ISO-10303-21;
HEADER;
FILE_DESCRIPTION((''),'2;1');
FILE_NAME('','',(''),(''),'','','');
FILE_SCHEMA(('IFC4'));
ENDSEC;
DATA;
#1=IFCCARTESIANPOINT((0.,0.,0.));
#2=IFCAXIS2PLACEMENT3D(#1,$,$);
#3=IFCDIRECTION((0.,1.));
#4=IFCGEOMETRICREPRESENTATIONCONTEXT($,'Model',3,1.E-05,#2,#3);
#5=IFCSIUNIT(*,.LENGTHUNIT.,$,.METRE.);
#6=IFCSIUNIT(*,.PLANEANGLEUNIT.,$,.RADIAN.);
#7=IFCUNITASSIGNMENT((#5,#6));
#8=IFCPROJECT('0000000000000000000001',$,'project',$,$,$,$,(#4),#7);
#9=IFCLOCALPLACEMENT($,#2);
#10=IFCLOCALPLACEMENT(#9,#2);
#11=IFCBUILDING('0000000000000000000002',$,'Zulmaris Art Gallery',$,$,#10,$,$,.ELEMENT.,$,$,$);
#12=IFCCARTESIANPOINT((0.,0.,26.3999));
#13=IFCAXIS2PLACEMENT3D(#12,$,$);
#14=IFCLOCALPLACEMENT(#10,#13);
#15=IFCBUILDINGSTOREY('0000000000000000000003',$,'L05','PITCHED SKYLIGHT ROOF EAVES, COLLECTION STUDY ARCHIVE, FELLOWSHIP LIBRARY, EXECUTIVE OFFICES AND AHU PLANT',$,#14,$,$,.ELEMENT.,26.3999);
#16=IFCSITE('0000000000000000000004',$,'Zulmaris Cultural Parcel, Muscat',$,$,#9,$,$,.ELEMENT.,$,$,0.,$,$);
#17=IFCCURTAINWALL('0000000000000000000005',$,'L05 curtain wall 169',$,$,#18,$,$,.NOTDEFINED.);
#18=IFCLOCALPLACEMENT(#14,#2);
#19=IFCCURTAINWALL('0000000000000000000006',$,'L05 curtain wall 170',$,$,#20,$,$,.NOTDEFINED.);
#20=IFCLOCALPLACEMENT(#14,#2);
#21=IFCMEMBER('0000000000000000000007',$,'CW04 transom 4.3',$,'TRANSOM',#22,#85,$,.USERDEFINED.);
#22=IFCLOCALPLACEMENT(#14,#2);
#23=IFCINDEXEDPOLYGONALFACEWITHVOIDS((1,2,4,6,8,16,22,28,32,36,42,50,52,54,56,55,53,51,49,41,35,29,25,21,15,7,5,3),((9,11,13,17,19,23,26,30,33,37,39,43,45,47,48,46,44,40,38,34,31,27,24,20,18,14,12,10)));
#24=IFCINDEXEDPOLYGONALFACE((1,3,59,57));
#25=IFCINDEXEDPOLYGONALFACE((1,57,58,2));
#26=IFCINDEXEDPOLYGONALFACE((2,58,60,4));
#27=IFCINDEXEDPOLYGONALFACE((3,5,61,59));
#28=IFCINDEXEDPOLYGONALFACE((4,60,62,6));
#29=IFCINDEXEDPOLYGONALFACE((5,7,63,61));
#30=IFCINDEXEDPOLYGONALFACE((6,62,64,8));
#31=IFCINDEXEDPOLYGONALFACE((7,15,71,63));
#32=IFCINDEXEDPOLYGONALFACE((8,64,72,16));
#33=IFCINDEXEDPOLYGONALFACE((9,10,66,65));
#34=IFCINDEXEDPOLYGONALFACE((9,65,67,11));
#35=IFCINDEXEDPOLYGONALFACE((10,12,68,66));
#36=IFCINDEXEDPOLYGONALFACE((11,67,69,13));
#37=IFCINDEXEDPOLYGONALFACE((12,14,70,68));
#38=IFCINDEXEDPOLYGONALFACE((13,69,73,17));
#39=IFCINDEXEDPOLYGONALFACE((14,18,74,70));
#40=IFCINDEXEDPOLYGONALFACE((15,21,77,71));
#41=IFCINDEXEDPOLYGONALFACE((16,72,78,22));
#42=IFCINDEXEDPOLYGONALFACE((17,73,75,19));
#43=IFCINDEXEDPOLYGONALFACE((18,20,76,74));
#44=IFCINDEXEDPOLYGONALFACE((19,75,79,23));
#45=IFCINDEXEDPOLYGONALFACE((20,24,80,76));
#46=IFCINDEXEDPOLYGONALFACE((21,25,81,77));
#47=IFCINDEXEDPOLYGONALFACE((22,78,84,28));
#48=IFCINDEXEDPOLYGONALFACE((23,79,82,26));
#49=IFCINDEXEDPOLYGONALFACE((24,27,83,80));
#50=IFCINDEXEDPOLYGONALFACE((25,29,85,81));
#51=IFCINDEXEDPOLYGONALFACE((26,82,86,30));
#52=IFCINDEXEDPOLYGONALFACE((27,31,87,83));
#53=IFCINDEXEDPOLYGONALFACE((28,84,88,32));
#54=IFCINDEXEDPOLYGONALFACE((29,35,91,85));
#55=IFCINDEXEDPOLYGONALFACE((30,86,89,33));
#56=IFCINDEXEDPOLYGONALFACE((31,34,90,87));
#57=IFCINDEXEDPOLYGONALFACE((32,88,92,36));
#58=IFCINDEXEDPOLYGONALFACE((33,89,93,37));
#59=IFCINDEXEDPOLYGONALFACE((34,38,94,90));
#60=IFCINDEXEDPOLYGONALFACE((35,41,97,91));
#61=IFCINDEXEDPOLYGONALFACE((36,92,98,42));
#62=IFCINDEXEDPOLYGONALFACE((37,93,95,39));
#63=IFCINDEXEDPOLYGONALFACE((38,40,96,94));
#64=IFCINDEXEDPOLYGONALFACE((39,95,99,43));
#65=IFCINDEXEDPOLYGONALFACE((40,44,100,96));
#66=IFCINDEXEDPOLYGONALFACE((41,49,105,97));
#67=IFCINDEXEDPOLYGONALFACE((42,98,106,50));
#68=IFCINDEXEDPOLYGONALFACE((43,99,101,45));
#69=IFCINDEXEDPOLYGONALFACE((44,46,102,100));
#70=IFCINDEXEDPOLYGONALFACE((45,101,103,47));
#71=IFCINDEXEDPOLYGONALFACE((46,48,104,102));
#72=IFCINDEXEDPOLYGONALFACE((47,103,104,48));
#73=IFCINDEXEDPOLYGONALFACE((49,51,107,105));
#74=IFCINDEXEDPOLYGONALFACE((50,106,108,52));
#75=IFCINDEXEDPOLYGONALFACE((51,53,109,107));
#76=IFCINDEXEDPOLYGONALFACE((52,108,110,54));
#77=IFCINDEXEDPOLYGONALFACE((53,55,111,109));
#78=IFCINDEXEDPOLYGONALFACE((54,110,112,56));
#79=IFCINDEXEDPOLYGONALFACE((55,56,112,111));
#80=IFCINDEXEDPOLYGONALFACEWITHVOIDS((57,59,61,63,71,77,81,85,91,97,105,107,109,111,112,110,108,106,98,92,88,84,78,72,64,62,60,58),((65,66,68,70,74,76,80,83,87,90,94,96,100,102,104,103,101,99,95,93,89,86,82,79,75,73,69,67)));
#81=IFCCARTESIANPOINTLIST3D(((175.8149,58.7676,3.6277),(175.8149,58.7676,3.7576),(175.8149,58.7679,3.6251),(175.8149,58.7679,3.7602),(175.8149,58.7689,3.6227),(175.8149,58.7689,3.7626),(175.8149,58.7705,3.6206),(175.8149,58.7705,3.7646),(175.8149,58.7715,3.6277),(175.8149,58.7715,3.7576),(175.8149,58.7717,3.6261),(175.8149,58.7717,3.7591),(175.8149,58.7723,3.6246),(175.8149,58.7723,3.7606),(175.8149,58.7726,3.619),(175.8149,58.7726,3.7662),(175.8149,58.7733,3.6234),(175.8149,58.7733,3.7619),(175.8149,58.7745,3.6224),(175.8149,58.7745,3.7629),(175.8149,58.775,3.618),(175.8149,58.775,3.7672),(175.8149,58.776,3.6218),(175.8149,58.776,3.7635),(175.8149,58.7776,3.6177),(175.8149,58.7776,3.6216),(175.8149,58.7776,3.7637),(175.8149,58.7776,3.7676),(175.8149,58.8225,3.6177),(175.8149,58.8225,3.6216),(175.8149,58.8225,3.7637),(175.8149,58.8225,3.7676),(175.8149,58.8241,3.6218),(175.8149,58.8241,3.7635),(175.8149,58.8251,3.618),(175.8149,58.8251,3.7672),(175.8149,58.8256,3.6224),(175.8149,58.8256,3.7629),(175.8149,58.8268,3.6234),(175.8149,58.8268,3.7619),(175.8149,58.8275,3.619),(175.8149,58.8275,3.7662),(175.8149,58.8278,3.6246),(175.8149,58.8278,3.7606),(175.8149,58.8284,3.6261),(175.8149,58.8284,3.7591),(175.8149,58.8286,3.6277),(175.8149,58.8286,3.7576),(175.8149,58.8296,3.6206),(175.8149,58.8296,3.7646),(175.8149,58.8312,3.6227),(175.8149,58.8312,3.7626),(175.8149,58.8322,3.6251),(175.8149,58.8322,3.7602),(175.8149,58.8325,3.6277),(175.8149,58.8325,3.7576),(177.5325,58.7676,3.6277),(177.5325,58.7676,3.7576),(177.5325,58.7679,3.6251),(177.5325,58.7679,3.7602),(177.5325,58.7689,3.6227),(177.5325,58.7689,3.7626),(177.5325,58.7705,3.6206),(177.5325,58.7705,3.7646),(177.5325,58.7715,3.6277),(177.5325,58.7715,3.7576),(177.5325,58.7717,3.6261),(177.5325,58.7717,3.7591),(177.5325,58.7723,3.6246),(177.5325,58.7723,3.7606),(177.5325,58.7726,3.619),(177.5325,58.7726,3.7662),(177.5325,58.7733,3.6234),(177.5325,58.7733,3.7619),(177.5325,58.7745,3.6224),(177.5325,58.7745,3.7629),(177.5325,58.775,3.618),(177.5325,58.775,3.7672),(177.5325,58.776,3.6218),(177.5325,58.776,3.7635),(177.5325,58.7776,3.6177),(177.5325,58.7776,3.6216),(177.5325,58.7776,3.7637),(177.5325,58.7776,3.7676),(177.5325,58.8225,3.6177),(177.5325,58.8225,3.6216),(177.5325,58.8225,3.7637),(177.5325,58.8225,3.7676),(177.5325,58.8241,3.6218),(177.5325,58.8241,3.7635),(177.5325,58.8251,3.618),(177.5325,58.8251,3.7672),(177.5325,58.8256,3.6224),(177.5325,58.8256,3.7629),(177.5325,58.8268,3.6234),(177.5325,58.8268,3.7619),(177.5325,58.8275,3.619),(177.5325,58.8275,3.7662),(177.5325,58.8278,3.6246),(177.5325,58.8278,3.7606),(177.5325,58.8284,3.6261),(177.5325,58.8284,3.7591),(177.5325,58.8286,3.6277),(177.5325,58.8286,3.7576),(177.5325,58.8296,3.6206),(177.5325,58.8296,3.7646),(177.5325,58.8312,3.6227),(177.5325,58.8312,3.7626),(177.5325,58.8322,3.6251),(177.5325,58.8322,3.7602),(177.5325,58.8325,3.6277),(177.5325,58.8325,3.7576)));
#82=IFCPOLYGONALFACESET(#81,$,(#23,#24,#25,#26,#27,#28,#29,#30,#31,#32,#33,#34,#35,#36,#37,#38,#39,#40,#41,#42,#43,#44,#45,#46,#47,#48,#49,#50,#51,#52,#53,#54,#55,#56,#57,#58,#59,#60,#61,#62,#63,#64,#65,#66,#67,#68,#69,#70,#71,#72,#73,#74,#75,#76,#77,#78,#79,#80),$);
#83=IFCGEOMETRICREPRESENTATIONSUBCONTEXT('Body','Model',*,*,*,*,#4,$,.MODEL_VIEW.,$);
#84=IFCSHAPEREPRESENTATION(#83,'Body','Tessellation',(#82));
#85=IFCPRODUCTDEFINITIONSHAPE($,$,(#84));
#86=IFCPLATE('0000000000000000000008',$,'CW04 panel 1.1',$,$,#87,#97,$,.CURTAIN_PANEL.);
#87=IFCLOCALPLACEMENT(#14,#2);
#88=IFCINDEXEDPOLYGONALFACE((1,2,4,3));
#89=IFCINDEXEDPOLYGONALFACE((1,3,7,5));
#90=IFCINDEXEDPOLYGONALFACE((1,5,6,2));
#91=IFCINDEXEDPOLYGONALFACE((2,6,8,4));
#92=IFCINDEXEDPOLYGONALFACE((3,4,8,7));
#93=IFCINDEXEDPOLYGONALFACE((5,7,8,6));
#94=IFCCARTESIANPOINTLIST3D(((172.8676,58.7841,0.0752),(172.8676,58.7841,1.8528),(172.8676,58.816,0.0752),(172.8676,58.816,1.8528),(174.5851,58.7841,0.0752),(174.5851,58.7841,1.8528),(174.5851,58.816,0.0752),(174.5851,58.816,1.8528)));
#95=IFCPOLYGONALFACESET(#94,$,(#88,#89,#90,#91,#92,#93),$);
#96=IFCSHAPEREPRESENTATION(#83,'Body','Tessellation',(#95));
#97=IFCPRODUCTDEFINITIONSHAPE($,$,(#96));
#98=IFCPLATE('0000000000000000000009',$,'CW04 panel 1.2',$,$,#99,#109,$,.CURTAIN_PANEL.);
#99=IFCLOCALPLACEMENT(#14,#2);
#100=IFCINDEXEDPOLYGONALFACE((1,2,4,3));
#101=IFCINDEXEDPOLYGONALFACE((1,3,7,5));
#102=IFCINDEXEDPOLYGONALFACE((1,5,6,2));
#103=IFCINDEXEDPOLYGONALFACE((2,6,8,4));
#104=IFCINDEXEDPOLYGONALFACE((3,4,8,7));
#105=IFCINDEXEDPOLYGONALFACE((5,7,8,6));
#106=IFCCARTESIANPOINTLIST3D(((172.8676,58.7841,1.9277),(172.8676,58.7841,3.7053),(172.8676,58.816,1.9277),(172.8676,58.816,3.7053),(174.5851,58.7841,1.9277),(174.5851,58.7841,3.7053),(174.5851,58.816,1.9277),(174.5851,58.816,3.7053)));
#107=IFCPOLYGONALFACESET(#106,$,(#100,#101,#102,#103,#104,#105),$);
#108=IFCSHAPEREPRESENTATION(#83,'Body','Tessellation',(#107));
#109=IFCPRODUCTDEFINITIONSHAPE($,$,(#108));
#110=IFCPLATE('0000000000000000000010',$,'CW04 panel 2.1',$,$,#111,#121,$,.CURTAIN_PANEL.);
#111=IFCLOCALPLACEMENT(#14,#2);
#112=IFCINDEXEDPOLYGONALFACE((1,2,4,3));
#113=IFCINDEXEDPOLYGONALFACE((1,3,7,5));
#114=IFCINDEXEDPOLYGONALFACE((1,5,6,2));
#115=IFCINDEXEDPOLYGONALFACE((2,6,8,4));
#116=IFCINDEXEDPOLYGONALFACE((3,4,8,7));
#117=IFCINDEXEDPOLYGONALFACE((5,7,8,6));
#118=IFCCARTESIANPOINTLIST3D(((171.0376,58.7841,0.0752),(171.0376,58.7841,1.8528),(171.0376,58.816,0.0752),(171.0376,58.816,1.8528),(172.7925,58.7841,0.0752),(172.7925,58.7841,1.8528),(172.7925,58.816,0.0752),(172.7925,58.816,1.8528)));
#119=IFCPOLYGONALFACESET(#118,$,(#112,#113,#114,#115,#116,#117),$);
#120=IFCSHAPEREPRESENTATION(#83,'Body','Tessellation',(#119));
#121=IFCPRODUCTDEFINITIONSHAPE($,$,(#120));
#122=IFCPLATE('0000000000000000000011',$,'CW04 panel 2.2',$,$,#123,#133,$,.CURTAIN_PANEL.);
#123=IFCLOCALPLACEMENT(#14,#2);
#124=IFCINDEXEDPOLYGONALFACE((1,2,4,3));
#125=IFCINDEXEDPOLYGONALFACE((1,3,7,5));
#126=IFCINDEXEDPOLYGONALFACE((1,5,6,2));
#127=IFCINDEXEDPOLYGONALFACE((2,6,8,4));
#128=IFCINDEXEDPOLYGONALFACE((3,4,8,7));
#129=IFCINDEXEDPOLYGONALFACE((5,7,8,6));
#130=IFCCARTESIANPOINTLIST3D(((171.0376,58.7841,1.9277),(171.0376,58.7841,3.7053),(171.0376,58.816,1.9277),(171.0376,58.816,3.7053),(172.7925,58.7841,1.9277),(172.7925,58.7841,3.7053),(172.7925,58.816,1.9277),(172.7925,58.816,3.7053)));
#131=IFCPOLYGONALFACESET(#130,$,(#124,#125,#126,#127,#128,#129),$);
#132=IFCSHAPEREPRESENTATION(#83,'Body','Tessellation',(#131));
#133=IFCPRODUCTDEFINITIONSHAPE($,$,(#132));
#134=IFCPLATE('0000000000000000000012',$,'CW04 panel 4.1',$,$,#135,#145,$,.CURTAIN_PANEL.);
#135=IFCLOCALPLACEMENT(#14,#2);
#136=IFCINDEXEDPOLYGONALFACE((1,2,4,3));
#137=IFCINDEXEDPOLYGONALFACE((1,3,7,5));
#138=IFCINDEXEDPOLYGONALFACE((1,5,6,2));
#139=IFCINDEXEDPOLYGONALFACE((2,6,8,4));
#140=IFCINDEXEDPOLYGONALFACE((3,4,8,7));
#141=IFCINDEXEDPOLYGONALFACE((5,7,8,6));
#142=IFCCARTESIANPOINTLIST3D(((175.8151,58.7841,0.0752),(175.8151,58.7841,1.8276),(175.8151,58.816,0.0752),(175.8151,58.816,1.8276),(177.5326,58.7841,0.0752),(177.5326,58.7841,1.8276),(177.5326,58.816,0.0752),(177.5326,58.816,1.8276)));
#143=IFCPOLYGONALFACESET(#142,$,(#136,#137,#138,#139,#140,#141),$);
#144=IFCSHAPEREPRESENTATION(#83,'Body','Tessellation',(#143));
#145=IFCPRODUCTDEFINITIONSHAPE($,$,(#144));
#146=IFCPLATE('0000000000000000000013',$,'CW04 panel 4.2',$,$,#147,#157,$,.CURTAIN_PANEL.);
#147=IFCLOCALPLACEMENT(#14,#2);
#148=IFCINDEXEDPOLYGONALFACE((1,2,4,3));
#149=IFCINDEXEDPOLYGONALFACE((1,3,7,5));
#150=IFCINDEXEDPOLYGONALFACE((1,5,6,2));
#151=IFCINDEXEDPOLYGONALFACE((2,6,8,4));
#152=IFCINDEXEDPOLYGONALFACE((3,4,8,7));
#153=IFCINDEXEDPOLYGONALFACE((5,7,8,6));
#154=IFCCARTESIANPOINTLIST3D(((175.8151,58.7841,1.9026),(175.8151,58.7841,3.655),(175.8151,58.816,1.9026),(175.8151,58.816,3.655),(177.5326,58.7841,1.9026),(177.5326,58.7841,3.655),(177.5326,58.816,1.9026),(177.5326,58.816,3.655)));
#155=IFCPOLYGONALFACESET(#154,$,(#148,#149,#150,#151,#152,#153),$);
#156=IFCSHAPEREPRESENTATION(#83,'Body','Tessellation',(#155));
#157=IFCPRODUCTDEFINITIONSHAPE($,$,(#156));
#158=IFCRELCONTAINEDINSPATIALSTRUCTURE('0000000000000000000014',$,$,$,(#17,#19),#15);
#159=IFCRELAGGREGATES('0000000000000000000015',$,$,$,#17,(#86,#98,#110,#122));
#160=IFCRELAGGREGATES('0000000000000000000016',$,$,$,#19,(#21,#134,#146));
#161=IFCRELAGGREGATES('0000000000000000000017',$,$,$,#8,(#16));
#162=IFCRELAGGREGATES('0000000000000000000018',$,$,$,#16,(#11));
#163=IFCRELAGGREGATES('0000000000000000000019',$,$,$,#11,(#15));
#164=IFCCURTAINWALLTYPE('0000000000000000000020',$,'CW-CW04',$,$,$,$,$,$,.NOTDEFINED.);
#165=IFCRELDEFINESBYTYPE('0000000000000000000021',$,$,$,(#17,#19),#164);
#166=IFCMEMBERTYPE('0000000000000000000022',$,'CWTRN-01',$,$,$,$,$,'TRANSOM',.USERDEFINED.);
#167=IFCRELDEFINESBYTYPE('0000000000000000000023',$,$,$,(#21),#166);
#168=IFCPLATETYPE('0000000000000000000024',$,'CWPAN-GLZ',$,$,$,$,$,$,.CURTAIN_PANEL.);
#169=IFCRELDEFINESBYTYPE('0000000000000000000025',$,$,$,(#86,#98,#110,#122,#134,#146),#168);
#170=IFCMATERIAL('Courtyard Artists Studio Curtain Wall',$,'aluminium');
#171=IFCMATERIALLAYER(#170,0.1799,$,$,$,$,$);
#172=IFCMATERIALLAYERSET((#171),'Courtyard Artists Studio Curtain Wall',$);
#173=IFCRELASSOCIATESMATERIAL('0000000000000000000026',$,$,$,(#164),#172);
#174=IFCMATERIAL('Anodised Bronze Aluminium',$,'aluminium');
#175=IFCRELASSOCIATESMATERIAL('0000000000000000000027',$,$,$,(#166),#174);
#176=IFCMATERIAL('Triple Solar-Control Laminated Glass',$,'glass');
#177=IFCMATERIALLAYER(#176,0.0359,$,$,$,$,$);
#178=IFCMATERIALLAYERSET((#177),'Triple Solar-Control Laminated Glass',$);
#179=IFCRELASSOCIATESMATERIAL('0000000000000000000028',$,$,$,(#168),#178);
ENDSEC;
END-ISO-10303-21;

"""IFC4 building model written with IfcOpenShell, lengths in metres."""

from ifc_helpers import new_model, si_unit, direction, frame, origin, origin_2d, place, context, subcontext, project, spatial, rectangle, hollow_rectangle, extrude, material, layer, layer_set, material_profile, profile_set, type_object, element, aggregate, save


model = new_model("IFC4")

# Units and contexts
model_context = context("Model", 3, precision=1e-05, world=origin(), true_north=direction((0.0, 1.0)))
body_context = subcontext(model_context, "Body", "Model", "MODEL_VIEW")
ifc_project = project(units=[si_unit("LENGTHUNIT", "METRE"), si_unit("PLANEANGLEUNIT", "RADIAN")], contexts=[model_context])

# Site, building, storey
site_placement = place(None, origin())
site = spatial("IfcSite", under=ifc_project, at=site_placement, Name="Zulmaris Cultural Parcel, Muscat", CompositionType="ELEMENT", RefElevation=0.0)
building_placement = place(site_placement, origin())
building = spatial("IfcBuilding", under=site, at=building_placement, Name="Zulmaris Art Gallery", CompositionType="ELEMENT")
storey_placement = place(building_placement, frame((0.0, 0.0, 26.3999)))
storey = spatial("IfcBuildingStorey", under=building, at=storey_placement, Name="L05", Description="PITCHED SKYLIGHT ROOF EAVES, COLLECTION STUDY ARCHIVE, FELLOWSHIP LIBRARY, EXECUTIVE OFFICES AND AHU PLANT", CompositionType="ELEMENT", Elevation=26.3999)

# Curtain walls
ifc_material_1 = material(Name="Courtyard Artists Studio Curtain Wall", Category="aluminium")
ifc_layer_1 = layer(ifc_material_1, 0.1799)
ifc_layer_set_1 = layer_set([ifc_layer_1], Name="Courtyard Artists Studio Curtain Wall")
curtain_wall_type = type_object("IfcCurtainWallType", Name="CW-CW04", PredefinedType="NOTDEFINED", material=ifc_layer_set_1)
curtain_wall_1_placement = place(storey_placement, origin())
curtain_wall_1 = element("IfcCurtainWall", 1, at=curtain_wall_1_placement, inside=storey, type_object=curtain_wall_type, Name="L05 curtain wall 169", PredefinedType="NOTDEFINED")
ifc_material_2 = material(Name="Anodised Bronze Aluminium", Category="aluminium")
curtain_wall_2_placement = place(storey_placement, origin())
curtain_wall_2 = element("IfcCurtainWall", 2, at=curtain_wall_2_placement, inside=storey, type_object=curtain_wall_type, Name="L05 curtain wall 170", PredefinedType="NOTDEFINED")

# Member
ifc_material_profile_1 = material_profile(ifc_material_2, hollow_rectangle(XDim=0.0649, YDim=0.1499, WallThickness=0.0039, InnerFilletRadius=0.0061, OuterFilletRadius=0.01, at=origin_2d()), Name="ALU 65x150x4")
ifc_profile_set_1 = profile_set([ifc_material_profile_1], Name="Anodised Bronze Aluminium")
member_type_1 = type_object("IfcMemberType", Name="CWTRN-01", ElementType="TRANSOM", PredefinedType="USERDEFINED", material=ifc_profile_set_1)
member_1_placement = place(storey_placement, frame((177.5325, 58.8, 3.6926), z_axis=(-1.0, 0.0, 0.0), x_axis=(0.0, -1.0, 0.0)))
member_1 = element("IfcMember", 3, at=member_1_placement, type_object=member_type_1, Name="CW04 transom 4.3", ObjectType="TRANSOM", PredefinedType="USERDEFINED", context=body_context, shape_type="SweptSolid", body=[
    extrude(hollow_rectangle(XDim=0.0649, YDim=0.1499, WallThickness=0.0039, InnerFilletRadius=0.0061, OuterFilletRadius=0.01, at=origin_2d()), origin(), (0.0, 0.0, 1.0), 1.7175),
])

# Plates
ifc_material_3 = material(Name="Triple Solar-Control Laminated Glass", Category="glass")
ifc_layer_2 = layer(ifc_material_3, 0.0359)
ifc_layer_set_2 = layer_set([ifc_layer_2], Name="Triple Solar-Control Laminated Glass")
plate_type = type_object("IfcPlateType", Name="CWPAN-GLZ", PredefinedType="CURTAIN_PANEL", material=ifc_layer_set_2)
plate_1_placement = place(storey_placement, frame((173.7263, 58.8, 0.0752), z_axis=(0.0, 0.0, 1.0), x_axis=(-1.0, 0.0, 0.0)))
plate_1 = element("IfcPlate", 4, at=plate_1_placement, type_object=plate_type, Name="CW04 panel 1.1", PredefinedType="CURTAIN_PANEL", context=body_context, shape_type="SweptSolid", body=[
    extrude(rectangle(XDim=1.7175, YDim=0.032, at=origin_2d()), origin(), (0.0, 0.0, 1.0), 1.7776),
])
plate_2_placement = place(storey_placement, frame((173.7263, 58.8, 1.9277), z_axis=(0.0, 0.0, 1.0), x_axis=(-1.0, 0.0, 0.0)))
plate_2 = element("IfcPlate", 5, at=plate_2_placement, type_object=plate_type, Name="CW04 panel 1.2", PredefinedType="CURTAIN_PANEL", context=body_context, shape_type="SweptSolid", body=[
    extrude(rectangle(XDim=1.7175, YDim=0.032, at=origin_2d()), origin(), (0.0, 0.0, 1.0), 1.7776),
])
plate_3_placement = place(storey_placement, frame((171.915, 58.8, 0.0752), z_axis=(0.0, 0.0, 1.0), x_axis=(-1.0, 0.0, 0.0)))
plate_3 = element("IfcPlate", 6, at=plate_3_placement, type_object=plate_type, Name="CW04 panel 2.1", PredefinedType="CURTAIN_PANEL", context=body_context, shape_type="SweptSolid", body=[
    extrude(rectangle(XDim=1.7549, YDim=0.032, at=origin_2d()), origin(), (0.0, 0.0, 1.0), 1.7776),
])
plate_4_placement = place(storey_placement, frame((171.915, 58.8, 1.9277), z_axis=(0.0, 0.0, 1.0), x_axis=(-1.0, 0.0, 0.0)))
plate_4 = element("IfcPlate", 7, at=plate_4_placement, type_object=plate_type, Name="CW04 panel 2.2", PredefinedType="CURTAIN_PANEL", context=body_context, shape_type="SweptSolid", body=[
    extrude(rectangle(XDim=1.7549, YDim=0.032, at=origin_2d()), origin(), (0.0, 0.0, 1.0), 1.7776),
])
aggregate(curtain_wall_1, [plate_1, plate_2, plate_3, plate_4])
plate_5_placement = place(storey_placement, frame((176.6738, 58.8, 0.0752), z_axis=(0.0, 0.0, 1.0), x_axis=(-1.0, 0.0, 0.0)))
plate_5 = element("IfcPlate", 8, at=plate_5_placement, type_object=plate_type, Name="CW04 panel 4.1", PredefinedType="CURTAIN_PANEL", context=body_context, shape_type="SweptSolid", body=[
    extrude(rectangle(XDim=1.7175, YDim=0.032, at=origin_2d()), origin(), (0.0, 0.0, 1.0), 1.7524),
])
plate_6_placement = place(storey_placement, frame((176.6738, 58.8, 1.9026), z_axis=(0.0, 0.0, 1.0), x_axis=(-1.0, 0.0, 0.0)))
plate_6 = element("IfcPlate", 9, at=plate_6_placement, type_object=plate_type, Name="CW04 panel 4.2", PredefinedType="CURTAIN_PANEL", context=body_context, shape_type="SweptSolid", body=[
    extrude(rectangle(XDim=1.7175, YDim=0.032, at=origin_2d()), origin(), (0.0, 0.0, 1.0), 1.7524),
])
aggregate(curtain_wall_2, [member_1, plate_5, plate_6])

save(model, "model.ifc")
